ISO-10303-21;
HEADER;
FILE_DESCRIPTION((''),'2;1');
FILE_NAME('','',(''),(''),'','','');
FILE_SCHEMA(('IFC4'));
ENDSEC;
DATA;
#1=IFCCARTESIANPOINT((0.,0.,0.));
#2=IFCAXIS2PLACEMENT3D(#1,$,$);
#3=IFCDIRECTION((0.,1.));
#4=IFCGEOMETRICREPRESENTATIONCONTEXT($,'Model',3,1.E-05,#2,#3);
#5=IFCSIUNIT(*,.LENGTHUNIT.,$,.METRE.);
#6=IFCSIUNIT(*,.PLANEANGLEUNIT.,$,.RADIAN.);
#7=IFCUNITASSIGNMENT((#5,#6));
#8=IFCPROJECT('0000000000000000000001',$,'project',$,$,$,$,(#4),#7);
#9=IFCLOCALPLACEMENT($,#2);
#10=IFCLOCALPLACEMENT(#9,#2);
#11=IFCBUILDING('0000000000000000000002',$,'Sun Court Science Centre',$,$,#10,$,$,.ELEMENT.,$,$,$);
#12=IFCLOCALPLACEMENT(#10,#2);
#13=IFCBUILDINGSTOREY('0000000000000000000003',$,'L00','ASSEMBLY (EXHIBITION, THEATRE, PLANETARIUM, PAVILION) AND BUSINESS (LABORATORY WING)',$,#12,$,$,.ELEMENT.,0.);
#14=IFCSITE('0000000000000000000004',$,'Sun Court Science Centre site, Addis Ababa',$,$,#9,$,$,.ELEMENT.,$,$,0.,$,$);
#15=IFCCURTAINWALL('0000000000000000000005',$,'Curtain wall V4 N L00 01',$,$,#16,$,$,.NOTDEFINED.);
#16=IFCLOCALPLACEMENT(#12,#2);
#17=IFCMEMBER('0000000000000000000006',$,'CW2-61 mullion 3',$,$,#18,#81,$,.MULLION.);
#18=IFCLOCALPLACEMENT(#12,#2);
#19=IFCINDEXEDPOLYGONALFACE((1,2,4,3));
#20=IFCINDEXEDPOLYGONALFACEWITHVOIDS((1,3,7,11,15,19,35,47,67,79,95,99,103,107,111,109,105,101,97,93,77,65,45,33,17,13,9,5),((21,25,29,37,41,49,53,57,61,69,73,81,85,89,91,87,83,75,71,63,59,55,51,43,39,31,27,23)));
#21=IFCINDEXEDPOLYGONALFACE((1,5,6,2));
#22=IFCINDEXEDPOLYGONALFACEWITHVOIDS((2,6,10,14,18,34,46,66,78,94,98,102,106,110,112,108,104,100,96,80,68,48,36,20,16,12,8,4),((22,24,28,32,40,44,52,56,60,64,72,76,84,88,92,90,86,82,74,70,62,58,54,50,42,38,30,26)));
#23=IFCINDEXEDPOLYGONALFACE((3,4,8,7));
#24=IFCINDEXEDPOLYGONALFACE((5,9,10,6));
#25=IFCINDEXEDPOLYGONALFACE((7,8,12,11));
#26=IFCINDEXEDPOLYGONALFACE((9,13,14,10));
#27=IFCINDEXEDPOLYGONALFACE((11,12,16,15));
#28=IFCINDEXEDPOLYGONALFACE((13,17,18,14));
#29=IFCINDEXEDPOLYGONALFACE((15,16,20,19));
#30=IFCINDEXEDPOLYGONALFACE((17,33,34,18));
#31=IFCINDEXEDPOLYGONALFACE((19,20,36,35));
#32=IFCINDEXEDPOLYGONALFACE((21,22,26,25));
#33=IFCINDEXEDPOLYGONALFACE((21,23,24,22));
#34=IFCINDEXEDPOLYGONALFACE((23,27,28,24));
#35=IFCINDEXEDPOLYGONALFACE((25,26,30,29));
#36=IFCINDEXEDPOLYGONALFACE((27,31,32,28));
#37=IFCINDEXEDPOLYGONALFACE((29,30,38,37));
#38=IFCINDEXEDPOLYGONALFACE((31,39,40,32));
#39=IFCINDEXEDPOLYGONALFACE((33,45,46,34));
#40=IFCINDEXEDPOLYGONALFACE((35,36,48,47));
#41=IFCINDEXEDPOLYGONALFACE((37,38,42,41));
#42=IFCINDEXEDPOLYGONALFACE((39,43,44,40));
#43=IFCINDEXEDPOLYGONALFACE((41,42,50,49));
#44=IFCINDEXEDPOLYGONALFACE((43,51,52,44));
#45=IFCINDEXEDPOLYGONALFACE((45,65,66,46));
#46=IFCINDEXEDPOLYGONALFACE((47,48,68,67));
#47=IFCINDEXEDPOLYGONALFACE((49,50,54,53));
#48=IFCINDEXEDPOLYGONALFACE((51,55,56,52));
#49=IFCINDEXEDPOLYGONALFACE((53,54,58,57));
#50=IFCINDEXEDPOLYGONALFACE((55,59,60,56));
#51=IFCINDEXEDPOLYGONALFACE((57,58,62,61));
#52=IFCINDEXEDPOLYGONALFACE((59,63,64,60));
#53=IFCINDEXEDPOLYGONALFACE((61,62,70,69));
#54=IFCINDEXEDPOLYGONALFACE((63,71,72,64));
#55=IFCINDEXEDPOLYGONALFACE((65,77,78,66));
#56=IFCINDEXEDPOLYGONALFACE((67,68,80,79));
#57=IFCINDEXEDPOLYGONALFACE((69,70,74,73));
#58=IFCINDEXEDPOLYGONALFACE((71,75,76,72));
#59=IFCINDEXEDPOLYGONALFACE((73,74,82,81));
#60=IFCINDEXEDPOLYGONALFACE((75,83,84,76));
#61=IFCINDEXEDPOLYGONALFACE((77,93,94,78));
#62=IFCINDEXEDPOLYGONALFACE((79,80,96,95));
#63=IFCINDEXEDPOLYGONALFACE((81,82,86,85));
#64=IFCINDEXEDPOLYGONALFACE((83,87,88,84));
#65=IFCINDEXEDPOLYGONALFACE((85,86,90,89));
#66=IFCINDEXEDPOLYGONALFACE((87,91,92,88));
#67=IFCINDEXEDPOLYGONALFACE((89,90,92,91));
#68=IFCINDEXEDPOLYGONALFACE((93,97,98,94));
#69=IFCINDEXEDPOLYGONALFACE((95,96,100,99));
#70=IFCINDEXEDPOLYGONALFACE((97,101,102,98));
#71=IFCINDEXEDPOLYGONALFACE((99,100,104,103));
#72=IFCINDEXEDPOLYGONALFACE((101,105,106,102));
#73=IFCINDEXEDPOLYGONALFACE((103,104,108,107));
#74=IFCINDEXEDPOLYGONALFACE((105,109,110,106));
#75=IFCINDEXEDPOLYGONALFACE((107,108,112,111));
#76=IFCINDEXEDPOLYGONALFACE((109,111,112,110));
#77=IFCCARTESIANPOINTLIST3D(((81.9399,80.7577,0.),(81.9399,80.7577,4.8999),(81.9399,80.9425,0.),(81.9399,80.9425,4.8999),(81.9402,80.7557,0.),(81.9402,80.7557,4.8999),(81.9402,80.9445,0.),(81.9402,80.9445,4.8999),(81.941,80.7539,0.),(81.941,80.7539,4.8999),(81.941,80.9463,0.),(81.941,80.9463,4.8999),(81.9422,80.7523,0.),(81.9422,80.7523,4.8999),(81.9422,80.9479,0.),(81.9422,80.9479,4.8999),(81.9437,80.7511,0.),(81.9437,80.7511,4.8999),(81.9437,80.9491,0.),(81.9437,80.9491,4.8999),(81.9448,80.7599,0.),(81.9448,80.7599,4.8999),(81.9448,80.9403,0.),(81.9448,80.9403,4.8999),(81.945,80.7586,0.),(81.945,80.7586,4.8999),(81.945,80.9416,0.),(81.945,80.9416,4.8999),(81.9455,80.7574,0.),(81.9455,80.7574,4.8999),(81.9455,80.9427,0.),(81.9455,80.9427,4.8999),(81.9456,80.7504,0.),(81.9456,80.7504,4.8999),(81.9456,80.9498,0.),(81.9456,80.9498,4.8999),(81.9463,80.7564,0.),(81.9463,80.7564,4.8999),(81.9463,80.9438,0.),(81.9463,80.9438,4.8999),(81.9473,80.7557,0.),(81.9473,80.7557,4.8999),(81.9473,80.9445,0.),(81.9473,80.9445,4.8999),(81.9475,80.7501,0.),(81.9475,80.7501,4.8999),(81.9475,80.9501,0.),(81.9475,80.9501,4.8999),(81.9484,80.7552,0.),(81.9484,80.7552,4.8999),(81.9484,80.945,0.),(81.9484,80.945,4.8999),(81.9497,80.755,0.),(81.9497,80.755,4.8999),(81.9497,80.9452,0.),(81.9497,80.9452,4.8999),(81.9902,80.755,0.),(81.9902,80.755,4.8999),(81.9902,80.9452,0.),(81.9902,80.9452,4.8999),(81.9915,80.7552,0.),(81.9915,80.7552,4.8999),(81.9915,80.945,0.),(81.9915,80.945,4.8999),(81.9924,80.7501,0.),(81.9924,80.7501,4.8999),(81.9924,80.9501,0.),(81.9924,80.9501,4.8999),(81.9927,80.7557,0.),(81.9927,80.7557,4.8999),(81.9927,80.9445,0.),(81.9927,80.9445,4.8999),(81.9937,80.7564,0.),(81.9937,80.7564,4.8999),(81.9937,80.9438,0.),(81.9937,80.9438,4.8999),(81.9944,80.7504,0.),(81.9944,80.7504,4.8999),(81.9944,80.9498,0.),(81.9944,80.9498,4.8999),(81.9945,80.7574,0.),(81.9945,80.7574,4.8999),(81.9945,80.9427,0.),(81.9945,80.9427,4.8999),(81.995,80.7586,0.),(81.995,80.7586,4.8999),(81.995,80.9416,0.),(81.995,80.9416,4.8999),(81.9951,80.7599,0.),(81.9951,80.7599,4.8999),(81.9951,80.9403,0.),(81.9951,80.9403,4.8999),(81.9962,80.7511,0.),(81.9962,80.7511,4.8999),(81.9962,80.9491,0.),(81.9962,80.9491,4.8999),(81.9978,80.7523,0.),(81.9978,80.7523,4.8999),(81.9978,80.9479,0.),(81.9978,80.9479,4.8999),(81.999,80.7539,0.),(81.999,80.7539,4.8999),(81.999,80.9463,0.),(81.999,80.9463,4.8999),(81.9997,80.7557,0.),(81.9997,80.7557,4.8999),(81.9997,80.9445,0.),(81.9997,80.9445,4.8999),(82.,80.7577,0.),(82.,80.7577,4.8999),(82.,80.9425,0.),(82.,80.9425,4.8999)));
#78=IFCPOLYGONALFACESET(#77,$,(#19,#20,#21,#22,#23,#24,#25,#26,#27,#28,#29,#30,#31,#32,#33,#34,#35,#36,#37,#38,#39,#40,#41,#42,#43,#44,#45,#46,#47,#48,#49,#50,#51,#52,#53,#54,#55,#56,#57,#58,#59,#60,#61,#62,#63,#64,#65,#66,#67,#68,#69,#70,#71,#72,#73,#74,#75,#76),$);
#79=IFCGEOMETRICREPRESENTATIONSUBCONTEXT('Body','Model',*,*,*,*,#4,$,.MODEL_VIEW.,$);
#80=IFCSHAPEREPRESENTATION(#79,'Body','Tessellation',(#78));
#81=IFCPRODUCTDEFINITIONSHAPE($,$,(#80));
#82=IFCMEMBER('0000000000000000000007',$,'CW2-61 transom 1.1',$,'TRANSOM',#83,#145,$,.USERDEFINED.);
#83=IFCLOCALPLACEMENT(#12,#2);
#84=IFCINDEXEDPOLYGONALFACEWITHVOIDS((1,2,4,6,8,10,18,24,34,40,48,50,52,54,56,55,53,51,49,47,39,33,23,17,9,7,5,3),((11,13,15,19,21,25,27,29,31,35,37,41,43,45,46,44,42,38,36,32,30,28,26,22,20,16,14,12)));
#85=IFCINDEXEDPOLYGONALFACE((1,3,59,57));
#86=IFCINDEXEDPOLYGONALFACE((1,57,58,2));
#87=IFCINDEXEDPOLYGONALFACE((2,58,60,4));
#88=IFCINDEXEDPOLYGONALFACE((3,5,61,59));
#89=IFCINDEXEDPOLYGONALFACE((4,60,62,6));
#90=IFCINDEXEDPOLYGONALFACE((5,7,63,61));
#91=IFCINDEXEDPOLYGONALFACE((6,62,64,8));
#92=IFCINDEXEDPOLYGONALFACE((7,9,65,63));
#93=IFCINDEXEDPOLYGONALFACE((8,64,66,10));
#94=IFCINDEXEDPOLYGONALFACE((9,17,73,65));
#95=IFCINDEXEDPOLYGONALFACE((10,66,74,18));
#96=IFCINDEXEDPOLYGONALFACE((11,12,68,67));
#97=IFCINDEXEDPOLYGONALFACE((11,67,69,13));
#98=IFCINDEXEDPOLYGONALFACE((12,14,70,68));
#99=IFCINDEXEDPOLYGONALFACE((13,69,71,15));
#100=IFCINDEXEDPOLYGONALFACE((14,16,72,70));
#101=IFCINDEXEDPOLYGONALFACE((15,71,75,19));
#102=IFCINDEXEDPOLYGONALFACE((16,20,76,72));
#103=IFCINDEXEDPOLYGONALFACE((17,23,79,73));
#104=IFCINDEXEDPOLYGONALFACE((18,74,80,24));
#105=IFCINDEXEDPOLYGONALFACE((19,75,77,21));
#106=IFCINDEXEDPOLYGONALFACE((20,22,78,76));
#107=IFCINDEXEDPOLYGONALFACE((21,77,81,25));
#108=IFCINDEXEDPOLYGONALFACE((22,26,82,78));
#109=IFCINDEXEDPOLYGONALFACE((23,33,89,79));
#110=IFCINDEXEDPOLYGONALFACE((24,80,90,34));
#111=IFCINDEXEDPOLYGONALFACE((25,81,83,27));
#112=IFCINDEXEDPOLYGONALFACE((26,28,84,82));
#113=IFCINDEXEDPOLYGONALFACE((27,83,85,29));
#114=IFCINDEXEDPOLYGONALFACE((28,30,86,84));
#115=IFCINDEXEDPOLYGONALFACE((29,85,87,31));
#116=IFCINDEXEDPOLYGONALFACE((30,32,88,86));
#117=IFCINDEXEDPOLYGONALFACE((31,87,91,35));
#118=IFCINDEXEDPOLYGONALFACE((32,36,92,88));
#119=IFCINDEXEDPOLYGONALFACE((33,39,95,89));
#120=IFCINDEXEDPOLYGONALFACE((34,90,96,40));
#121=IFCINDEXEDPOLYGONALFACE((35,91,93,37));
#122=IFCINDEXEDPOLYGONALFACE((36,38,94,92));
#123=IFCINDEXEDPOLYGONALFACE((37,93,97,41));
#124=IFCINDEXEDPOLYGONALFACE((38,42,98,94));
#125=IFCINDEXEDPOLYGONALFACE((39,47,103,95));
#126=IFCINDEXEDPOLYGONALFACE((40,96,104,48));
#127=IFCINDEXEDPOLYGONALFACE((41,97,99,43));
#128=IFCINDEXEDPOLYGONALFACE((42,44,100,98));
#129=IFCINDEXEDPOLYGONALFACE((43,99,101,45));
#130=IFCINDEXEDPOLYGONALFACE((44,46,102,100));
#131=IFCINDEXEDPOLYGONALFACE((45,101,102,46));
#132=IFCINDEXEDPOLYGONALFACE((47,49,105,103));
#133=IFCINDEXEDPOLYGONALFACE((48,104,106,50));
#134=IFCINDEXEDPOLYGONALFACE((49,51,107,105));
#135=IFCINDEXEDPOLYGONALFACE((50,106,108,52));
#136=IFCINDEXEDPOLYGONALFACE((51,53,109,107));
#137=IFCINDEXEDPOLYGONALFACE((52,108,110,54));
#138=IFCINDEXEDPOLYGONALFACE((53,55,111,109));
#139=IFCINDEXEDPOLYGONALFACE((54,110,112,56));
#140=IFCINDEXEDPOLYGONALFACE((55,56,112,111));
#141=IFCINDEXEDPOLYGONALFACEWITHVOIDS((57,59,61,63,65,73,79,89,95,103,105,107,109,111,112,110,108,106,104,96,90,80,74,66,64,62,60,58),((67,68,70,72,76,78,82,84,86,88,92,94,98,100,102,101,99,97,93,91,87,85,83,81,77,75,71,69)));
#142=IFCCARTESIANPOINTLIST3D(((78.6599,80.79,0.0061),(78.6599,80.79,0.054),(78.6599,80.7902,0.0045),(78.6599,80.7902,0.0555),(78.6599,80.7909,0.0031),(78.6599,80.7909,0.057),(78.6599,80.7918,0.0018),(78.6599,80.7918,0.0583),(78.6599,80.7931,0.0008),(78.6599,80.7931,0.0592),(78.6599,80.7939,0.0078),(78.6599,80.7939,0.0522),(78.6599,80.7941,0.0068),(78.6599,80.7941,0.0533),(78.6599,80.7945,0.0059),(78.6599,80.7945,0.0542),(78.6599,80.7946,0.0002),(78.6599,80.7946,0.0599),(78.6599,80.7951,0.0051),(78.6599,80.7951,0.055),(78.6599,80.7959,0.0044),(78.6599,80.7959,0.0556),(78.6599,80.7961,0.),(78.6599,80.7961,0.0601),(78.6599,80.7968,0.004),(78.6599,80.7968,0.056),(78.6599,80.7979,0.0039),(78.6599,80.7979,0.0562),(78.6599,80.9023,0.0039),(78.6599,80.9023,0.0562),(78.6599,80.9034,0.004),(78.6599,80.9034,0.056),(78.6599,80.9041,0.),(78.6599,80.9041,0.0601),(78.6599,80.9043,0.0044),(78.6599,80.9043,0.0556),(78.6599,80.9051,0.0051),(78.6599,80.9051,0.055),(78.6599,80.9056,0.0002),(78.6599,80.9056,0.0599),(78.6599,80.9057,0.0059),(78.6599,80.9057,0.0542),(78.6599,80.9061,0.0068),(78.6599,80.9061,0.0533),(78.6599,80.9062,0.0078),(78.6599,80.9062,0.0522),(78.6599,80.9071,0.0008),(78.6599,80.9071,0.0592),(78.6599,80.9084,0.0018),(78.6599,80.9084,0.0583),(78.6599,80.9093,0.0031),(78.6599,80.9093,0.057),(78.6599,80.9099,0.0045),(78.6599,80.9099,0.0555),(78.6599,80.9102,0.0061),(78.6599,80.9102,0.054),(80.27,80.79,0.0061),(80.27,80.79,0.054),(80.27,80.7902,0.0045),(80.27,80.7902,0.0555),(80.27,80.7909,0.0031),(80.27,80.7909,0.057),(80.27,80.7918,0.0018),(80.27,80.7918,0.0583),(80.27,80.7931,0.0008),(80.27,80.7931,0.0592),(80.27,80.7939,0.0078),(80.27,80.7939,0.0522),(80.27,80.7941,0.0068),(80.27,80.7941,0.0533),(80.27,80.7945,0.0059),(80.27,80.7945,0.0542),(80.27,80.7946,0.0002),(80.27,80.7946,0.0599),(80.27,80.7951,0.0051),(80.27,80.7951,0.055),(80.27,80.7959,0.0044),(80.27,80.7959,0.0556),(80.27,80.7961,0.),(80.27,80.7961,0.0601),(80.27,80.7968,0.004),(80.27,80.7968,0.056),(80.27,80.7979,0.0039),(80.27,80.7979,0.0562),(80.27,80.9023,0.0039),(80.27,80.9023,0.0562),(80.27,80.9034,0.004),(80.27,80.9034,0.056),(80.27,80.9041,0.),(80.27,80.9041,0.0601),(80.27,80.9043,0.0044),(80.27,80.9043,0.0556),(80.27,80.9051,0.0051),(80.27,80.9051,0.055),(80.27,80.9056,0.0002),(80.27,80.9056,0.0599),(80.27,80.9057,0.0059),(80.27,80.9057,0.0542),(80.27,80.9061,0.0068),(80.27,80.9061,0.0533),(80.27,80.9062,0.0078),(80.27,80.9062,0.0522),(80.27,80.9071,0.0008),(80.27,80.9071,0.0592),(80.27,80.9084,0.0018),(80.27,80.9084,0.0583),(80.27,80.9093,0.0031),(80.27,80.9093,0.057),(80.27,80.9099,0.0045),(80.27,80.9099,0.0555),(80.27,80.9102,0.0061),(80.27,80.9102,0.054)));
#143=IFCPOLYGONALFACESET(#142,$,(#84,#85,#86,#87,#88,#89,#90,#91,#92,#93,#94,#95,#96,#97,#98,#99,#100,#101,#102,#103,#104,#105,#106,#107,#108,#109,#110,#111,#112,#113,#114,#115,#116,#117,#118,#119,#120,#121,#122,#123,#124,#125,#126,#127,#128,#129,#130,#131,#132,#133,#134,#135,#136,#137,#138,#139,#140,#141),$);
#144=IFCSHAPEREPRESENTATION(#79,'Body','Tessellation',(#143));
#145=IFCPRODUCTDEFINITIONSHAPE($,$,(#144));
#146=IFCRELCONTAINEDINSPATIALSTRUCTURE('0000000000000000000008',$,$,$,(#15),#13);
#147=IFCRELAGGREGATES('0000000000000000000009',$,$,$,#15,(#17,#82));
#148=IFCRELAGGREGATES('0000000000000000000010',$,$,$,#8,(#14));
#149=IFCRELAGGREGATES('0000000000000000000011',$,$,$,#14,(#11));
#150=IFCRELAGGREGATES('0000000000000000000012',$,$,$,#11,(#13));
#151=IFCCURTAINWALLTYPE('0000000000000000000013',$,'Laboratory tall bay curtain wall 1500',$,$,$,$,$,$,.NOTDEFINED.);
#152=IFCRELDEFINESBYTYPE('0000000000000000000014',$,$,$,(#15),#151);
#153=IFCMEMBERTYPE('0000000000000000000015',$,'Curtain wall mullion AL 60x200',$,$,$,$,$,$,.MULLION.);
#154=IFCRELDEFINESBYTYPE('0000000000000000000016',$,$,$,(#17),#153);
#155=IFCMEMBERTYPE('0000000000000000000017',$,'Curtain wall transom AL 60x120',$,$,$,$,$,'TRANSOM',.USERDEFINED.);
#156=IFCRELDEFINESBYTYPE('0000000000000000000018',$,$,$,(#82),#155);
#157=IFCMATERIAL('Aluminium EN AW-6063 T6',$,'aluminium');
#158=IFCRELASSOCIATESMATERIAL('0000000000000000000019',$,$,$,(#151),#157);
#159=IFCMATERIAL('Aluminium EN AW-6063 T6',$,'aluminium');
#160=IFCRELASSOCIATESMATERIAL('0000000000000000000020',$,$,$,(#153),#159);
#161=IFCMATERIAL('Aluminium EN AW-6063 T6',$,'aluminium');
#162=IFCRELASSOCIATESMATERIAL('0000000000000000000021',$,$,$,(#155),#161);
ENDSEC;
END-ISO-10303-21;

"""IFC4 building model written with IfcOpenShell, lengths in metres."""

from ifc_helpers import new_model, si_unit, direction, frame, origin, origin_2d, place, context, subcontext, project, spatial, hollow_rectangle, extrude, material, material_profile, profile_set, type_object, element, aggregate, save


model = new_model("IFC4")

# Units and contexts
model_context = context("Model", 3, precision=1e-05, world=origin(), true_north=direction((0.0, 1.0)))
body_context = subcontext(model_context, "Body", "Model", "MODEL_VIEW")
ifc_project = project(units=[si_unit("LENGTHUNIT", "METRE"), si_unit("PLANEANGLEUNIT", "RADIAN")], contexts=[model_context])

# Site, building, storey
site_placement = place(None, origin())
site = spatial("IfcSite", under=ifc_project, at=site_placement, Name="Sun Court Science Centre site, Addis Ababa", CompositionType="ELEMENT", RefElevation=0.0)
building_placement = place(site_placement, origin())
building = spatial("IfcBuilding", under=site, at=building_placement, Name="Sun Court Science Centre", CompositionType="ELEMENT")
storey_placement = place(building_placement, origin())
storey = spatial("IfcBuildingStorey", under=building, at=storey_placement, Name="L00", Description="ASSEMBLY (EXHIBITION, THEATRE, PLANETARIUM, PAVILION) AND BUSINESS (LABORATORY WING)", CompositionType="ELEMENT", Elevation=0.0)

# Shared definitions
ifc_material_1 = material(Name="Aluminium EN AW-6063 T6", Category="aluminium")
curtain_wall_type = type_object("IfcCurtainWallType", Name="Laboratory tall bay curtain wall 1500", PredefinedType="NOTDEFINED", material=ifc_material_1)
ifc_material_2 = material(Name="Aluminium EN AW-6063 T6", Category="aluminium")
ifc_material_profile_1 = material_profile(ifc_material_2, hollow_rectangle(XDim=0.0601, YDim=0.2, WallThickness=0.0049, InnerFilletRadius=0.0049, OuterFilletRadius=0.0076, at=origin_2d()), Name="AL 60x200x5")
ifc_profile_set_1 = profile_set([ifc_material_profile_1], Name="Aluminium EN AW-6063 T6")
member_type_1 = type_object("IfcMemberType", Name="Curtain wall mullion AL 60x200", PredefinedType="MULLION", material=ifc_profile_set_1)

# Curtain wall, members
curtain_wall_1_placement = place(storey_placement, origin())
curtain_wall_1 = element("IfcCurtainWall", 1, at=curtain_wall_1_placement, inside=storey, type_object=curtain_wall_type, Name="Curtain wall V4 N L00 01", PredefinedType="NOTDEFINED")
member_1_placement = place(storey_placement, frame((81.97, 80.8501, 0.0), z_axis=(0.0, 0.0, 1.0), x_axis=(1.0, 0.0, 0.0)))
member_1 = element("IfcMember", 2, at=member_1_placement, type_object=member_type_1, Name="CW2-61 mullion 3", PredefinedType="MULLION", context=body_context, shape_type="SweptSolid", body=[
    extrude(hollow_rectangle(XDim=0.0601, YDim=0.2, WallThickness=0.0049, InnerFilletRadius=0.0049, OuterFilletRadius=0.0076, at=origin_2d()), origin(), (0.0, 0.0, 1.0), 4.8999),
])
ifc_material_3 = material(Name="Aluminium EN AW-6063 T6", Category="aluminium")
ifc_material_profile_2 = material_profile(ifc_material_3, hollow_rectangle(XDim=0.0601, YDim=0.1201, WallThickness=0.0039, InnerFilletRadius=0.0039, OuterFilletRadius=0.0061, at=origin_2d()), Name="AL 60x120x4")
ifc_profile_set_2 = profile_set([ifc_material_profile_2], Name="Aluminium EN AW-6063 T6")
member_type_2 = type_object("IfcMemberType", Name="Curtain wall transom AL 60x120", ElementType="TRANSOM", PredefinedType="USERDEFINED", material=ifc_profile_set_2)
member_2_placement = place(storey_placement, frame((78.6599, 80.8501, 0.03), z_axis=(1.0, 0.0, 0.0), x_axis=(0.0, 0.0, 1.0)))
member_2 = element("IfcMember", 3, at=member_2_placement, type_object=member_type_2, Name="CW2-61 transom 1.1", ObjectType="TRANSOM", PredefinedType="USERDEFINED", context=body_context, shape_type="SweptSolid", body=[
    extrude(hollow_rectangle(XDim=0.0601, YDim=0.1201, WallThickness=0.0039, InnerFilletRadius=0.0039, OuterFilletRadius=0.0061, at=origin_2d()), origin(), (0.0, 0.0, 1.0), 1.6101),
])

aggregate(curtain_wall_1, [member_1, member_2])

save(model, "model.ifc")
